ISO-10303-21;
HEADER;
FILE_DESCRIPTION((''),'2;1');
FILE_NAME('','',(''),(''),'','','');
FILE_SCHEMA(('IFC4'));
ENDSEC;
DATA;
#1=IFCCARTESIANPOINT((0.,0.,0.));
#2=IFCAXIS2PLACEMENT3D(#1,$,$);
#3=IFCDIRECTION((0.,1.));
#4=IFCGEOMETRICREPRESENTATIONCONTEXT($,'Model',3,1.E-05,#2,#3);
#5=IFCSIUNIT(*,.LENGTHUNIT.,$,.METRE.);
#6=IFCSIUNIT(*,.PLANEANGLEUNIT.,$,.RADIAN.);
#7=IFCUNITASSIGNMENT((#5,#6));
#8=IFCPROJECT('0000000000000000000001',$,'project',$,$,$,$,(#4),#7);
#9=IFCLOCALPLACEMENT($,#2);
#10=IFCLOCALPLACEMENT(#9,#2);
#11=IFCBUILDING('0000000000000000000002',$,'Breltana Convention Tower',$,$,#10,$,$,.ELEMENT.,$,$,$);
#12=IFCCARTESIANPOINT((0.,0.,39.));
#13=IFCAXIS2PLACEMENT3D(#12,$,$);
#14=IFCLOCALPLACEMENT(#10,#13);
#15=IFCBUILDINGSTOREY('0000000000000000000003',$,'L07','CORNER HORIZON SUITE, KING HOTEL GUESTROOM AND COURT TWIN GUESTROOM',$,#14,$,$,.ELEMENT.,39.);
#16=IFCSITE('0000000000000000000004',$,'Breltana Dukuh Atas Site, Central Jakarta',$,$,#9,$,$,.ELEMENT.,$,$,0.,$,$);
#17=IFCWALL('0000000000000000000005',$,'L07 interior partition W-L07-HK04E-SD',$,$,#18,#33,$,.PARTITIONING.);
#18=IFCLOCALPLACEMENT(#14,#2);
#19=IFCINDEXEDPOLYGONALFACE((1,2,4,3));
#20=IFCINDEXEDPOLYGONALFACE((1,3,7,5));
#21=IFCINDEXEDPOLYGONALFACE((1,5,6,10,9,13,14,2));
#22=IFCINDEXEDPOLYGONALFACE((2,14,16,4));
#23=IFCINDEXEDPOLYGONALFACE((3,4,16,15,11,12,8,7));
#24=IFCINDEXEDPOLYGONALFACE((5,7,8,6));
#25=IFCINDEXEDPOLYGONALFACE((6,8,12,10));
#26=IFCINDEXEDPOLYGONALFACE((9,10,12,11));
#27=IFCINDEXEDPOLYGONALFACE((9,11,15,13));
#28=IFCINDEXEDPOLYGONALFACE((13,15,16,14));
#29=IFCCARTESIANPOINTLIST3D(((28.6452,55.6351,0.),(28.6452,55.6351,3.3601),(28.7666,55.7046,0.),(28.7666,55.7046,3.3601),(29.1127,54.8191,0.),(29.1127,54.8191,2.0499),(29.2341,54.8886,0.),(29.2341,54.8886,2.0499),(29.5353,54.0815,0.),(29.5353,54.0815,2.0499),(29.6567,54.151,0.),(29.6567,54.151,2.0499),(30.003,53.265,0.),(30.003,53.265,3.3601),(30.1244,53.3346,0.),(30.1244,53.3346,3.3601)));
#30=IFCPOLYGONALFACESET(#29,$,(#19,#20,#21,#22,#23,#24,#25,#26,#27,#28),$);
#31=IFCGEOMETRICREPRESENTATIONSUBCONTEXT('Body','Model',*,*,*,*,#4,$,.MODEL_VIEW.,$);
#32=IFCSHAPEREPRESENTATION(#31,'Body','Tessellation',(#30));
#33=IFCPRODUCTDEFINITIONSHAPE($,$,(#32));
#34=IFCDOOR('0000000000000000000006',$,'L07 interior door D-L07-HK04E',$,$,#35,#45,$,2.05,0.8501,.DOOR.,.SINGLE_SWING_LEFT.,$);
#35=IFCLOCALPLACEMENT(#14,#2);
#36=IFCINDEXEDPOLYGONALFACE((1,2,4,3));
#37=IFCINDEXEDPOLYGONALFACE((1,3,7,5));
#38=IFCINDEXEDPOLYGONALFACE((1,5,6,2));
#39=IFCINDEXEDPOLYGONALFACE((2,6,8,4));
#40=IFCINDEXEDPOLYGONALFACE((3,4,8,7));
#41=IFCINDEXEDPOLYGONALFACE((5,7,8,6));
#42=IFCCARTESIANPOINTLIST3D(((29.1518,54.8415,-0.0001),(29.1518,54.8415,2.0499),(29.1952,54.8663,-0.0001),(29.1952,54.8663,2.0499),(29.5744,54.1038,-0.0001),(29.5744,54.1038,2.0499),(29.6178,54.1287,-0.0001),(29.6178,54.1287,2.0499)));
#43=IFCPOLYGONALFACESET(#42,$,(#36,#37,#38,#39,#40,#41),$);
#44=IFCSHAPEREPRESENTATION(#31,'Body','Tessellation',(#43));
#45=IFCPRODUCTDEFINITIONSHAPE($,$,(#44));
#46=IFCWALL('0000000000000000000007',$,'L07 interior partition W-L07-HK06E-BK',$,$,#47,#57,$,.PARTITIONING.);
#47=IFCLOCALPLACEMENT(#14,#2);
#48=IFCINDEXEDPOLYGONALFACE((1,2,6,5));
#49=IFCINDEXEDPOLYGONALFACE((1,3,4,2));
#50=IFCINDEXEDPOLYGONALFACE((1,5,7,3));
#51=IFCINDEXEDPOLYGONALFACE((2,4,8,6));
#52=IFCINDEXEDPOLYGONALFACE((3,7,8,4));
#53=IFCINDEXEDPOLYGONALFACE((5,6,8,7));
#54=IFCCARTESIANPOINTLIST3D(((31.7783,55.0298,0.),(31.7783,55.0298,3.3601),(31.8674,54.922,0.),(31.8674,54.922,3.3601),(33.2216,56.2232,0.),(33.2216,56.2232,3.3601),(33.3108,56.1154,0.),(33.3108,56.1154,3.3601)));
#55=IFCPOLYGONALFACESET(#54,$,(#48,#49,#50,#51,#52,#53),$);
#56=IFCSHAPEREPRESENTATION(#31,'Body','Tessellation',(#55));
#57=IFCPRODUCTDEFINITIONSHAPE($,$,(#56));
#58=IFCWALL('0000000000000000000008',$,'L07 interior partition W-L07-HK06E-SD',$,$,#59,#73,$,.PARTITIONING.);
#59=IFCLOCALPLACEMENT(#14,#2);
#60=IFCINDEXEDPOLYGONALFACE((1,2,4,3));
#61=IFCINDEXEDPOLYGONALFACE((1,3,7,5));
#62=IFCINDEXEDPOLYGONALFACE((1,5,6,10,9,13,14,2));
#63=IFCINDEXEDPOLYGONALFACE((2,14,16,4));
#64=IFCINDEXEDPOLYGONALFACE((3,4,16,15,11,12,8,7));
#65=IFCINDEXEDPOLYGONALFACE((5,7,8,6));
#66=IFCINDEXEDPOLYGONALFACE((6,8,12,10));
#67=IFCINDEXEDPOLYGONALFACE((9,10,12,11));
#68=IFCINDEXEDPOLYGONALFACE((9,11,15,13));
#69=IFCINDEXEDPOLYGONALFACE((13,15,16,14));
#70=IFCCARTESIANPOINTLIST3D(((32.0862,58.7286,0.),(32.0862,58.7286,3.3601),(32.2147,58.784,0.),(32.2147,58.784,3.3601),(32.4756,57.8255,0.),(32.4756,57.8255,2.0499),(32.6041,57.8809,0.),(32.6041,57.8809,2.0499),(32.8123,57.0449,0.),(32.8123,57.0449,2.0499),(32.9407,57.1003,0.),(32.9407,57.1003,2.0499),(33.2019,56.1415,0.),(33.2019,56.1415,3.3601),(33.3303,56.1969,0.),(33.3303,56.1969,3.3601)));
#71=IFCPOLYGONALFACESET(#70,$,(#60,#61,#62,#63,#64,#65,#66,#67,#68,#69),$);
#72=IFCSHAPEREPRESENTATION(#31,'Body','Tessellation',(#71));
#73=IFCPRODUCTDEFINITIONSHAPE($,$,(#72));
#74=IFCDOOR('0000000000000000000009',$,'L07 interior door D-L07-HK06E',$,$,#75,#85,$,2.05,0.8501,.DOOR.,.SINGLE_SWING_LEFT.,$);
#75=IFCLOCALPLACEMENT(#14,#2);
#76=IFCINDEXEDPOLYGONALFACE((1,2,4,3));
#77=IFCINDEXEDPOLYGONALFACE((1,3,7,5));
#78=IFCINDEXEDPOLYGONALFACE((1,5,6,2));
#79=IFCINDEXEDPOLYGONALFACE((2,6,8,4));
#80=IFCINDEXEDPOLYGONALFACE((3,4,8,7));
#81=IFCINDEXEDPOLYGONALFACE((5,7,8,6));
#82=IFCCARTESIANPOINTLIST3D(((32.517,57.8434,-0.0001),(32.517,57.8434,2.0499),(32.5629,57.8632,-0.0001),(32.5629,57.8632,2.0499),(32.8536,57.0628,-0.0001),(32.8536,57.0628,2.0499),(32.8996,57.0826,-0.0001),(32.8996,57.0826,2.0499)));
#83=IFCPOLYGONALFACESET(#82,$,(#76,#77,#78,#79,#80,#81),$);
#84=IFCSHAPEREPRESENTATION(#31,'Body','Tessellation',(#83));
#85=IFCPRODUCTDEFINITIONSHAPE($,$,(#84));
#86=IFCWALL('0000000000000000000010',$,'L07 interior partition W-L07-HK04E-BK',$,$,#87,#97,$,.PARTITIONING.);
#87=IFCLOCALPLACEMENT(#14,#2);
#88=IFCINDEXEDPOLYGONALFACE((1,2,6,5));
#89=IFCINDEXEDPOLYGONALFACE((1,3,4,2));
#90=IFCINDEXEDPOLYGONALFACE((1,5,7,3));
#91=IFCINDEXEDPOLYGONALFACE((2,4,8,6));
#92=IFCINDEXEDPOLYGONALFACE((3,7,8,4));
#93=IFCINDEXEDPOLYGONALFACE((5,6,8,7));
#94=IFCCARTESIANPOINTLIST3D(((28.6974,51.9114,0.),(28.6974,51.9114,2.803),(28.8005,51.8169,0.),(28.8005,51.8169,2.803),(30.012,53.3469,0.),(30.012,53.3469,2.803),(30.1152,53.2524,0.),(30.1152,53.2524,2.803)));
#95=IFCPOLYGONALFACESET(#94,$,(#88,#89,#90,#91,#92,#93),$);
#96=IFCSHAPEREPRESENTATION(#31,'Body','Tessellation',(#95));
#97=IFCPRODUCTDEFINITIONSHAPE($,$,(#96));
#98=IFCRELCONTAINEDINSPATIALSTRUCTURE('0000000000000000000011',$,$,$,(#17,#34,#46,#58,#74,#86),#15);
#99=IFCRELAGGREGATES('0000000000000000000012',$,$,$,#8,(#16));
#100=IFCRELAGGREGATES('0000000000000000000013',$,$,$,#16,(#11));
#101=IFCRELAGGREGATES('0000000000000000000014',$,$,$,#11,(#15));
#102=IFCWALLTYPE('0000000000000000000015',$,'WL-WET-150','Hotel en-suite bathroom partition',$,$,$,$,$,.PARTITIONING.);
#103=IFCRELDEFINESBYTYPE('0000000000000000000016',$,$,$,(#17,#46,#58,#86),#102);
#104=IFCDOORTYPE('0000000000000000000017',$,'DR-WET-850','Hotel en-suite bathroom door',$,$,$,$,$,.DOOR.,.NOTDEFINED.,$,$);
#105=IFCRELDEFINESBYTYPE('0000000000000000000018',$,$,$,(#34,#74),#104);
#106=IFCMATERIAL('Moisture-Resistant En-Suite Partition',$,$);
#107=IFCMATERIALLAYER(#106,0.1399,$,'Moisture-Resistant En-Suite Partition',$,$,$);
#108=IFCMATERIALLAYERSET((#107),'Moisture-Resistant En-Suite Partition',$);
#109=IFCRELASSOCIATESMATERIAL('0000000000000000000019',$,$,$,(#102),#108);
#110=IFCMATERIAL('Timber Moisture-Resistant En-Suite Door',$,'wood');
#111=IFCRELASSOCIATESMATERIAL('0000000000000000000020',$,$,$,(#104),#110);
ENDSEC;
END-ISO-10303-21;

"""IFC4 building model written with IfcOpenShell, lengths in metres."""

from ifc_helpers import new_model, si_unit, direction, frame, frame_2d, origin, place, context, subcontext, project, spatial, rectangle, extrude, source, transform, mapped, material, layer, layer_set, type_object, type_shapes, element, fill, save


model = new_model("IFC4")

# Units and contexts
model_context = context("Model", 3, precision=1e-05, world=origin(), true_north=direction((0.0, 1.0)))
body_context = subcontext(model_context, "Body", "Model", "MODEL_VIEW")
ifc_project = project(units=[si_unit("LENGTHUNIT", "METRE"), si_unit("PLANEANGLEUNIT", "RADIAN")], contexts=[model_context])

# Site, building, storey
site_placement = place(None, origin())
site = spatial("IfcSite", under=ifc_project, at=site_placement, Name="Breltana Dukuh Atas Site, Central Jakarta", CompositionType="ELEMENT", RefElevation=0.0)
building_placement = place(site_placement, origin())
building = spatial("IfcBuilding", under=site, at=building_placement, Name="Breltana Convention Tower", CompositionType="ELEMENT")
storey_placement = place(building_placement, frame((0.0, 0.0, 39.0)))
storey = spatial("IfcBuildingStorey", under=building, at=storey_placement, Name="L07", Description="CORNER HORIZON SUITE, KING HOTEL GUESTROOM AND COURT TWIN GUESTROOM", CompositionType="ELEMENT", Elevation=39.0)

# Wall, opening, door
ifc_material_1 = material(Name="Moisture-Resistant En-Suite Partition")
ifc_layer_1 = layer(ifc_material_1, 0.1399, Name="Moisture-Resistant En-Suite Partition")
ifc_layer_set_1 = layer_set([ifc_layer_1], Name="Moisture-Resistant En-Suite Partition")
wall_type_1 = type_object("IfcWallType", Name="WL-WET-150", Description="Hotel en-suite bathroom partition", PredefinedType="PARTITIONING", material=ifc_layer_set_1)
ifc_material_2 = material(Name="Timber Moisture-Resistant En-Suite Door", Category="wood")
door_type_1 = type_object("IfcDoorType", Name="DR-WET-850", Description="Hotel en-suite bathroom door", OperationType="NOTDEFINED", PredefinedType="DOOR", material=ifc_material_2)
shared_shape_1 = source(origin(), body_context, "Body", "SweptSolid", [
    extrude(rectangle(XDim=0.8501, YDim=2.05, at=frame_2d((0.425, 1.0249))), frame((0.0, 0.0249, 0.0), z_axis=(0.0, -1.0, 0.0), x_axis=(1.0, 0.0, 0.0)), (0.0, 0.0, 1.0), 0.05),
])
type_shapes(door_type_1, [shared_shape_1])
shared_shape_2 = source(origin(), body_context, "Body", "SweptSolid", [
    extrude(rectangle(XDim=2.7314, YDim=0.1399, at=frame_2d((1.3657, 0.0))), origin(), (0.0, 0.0, 1.0), 3.3601),
])
wall_1_placement = place(storey_placement, frame((30.0637, 53.2998, 0.0), z_axis=(0.0, 0.0, 1.0), x_axis=(-0.49712, 0.867682, 0.0)))
wall_1 = element("IfcWall", 1, at=wall_1_placement, inside=storey, type_object=wall_type_1, Name="L07 interior partition W-L07-HK04E-SD", PredefinedType="PARTITIONING", context=body_context, shape_type="MappedRepresentation", body=[
    mapped(shared_shape_2, transform((0.0, 0.0, 0.0), scale=1.0)),
])
opening_1_placement = place(wall_1_placement, frame((0.9409, 0.0, 0.0)))
opening_1 = element("IfcOpeningElement", 2, at=opening_1_placement, cuts=wall_1, PredefinedType="OPENING", context=body_context, shape_type="SweptSolid", body=[
    extrude(rectangle(XDim=0.8501, YDim=2.05, at=frame_2d((0.425, 1.0249))), frame((0.0, 0.0801, 0.0), z_axis=(0.0, -1.0, 0.0), x_axis=(1.0, 0.0, 0.0)), (0.0, 0.0, 1.0), 0.1599),
])
door_1_placement = place(opening_1_placement, origin())
door_1 = element("IfcDoor", 3, at=door_1_placement, inside=storey, type_object=door_type_1, Name="L07 interior door D-L07-HK04E", OperationType="SINGLE_SWING_LEFT", OverallHeight=2.05, OverallWidth=0.8501, PredefinedType="DOOR", context=body_context, shape_type="MappedRepresentation", body=[
    mapped(shared_shape_1, transform((0.0, 0.0, 0.0), scale=1.0)),
])
fill(opening_1, door_1)

# Wall
shared_shape_3 = source(origin(), body_context, "Body", "SweptSolid", [
    extrude(rectangle(XDim=1.8728, YDim=0.1399, at=frame_2d((0.9365, 0.0))), origin(), (0.0, 0.0, 1.0), 3.3601),
])
wall_2_placement = place(storey_placement, frame((31.8228, 54.9758, 0.0), z_axis=(0.0, 0.0, 1.0), x_axis=(0.770695, 0.637205, 0.0)))
element("IfcWall", 4, at=wall_2_placement, inside=storey, type_object=wall_type_1, Name="L07 interior partition W-L07-HK06E-BK", PredefinedType="PARTITIONING", context=body_context, shape_type="MappedRepresentation", body=[
    mapped(shared_shape_3, transform((0.0, 0.0, 0.0), scale=1.0)),
])

# Wall, opening, door
shared_shape_4 = source(origin(), body_context, "Body", "SweptSolid", [
    extrude(rectangle(XDim=2.8174, YDim=0.1399, at=frame_2d((1.4087, 0.0))), origin(), (0.0, 0.0, 1.0), 3.3601),
])
wall_3_placement = place(storey_placement, frame((33.2661, 56.1692, 0.0), z_axis=(0.0, 0.0, 1.0), x_axis=(-0.395999, 0.918251, 0.0)))
wall_3 = element("IfcWall", 5, at=wall_3_placement, inside=storey, type_object=wall_type_1, Name="L07 interior partition W-L07-HK06E-SD", PredefinedType="PARTITIONING", context=body_context, shape_type="MappedRepresentation", body=[
    mapped(shared_shape_4, transform((0.0, 0.0, 0.0), scale=1.0)),
])
opening_2_placement = place(wall_3_placement, frame((0.9839, 0.0, 0.0)))
opening_2 = element("IfcOpeningElement", 6, at=opening_2_placement, cuts=wall_3, PredefinedType="OPENING", context=body_context, shape_type="SweptSolid", body=[
    extrude(rectangle(XDim=0.8501, YDim=2.05, at=frame_2d((0.425, 1.0249))), frame((0.0, 0.0801, 0.0), z_axis=(0.0, -1.0, 0.0), x_axis=(1.0, 0.0, 0.0)), (0.0, 0.0, 1.0), 0.1599),
])
door_2_placement = place(opening_2_placement, origin())
door_2 = element("IfcDoor", 7, at=door_2_placement, inside=storey, type_object=door_type_1, Name="L07 interior door D-L07-HK06E", OperationType="SINGLE_SWING_LEFT", OverallHeight=2.05, OverallWidth=0.8501, PredefinedType="DOOR", context=body_context, shape_type="MappedRepresentation", body=[
    mapped(shared_shape_1, transform((0.0, 0.0, 0.0), scale=1.0)),
])
fill(opening_2, door_2)

# Wall
shared_shape_5 = source(origin(), body_context, "Body", "SweptSolid", [
    extrude(rectangle(XDim=1.9465, YDim=0.1399, at=frame_2d((0.9731, 0.0))), origin(), (0.0, 0.0, 1.0), 2.803),
])
wall_4_placement = place(storey_placement, frame((28.749, 51.8643, 0.0), z_axis=(0.0, 0.0, 1.0), x_axis=(0.675384, 0.737466, 0.0)))
element("IfcWall", 8, at=wall_4_placement, inside=storey, type_object=wall_type_1, Name="L07 interior partition W-L07-HK04E-BK", PredefinedType="PARTITIONING", context=body_context, shape_type="MappedRepresentation", body=[
    mapped(shared_shape_5, transform((0.0, 0.0, 0.0), scale=1.0)),
])

save(model, "model.ifc")
